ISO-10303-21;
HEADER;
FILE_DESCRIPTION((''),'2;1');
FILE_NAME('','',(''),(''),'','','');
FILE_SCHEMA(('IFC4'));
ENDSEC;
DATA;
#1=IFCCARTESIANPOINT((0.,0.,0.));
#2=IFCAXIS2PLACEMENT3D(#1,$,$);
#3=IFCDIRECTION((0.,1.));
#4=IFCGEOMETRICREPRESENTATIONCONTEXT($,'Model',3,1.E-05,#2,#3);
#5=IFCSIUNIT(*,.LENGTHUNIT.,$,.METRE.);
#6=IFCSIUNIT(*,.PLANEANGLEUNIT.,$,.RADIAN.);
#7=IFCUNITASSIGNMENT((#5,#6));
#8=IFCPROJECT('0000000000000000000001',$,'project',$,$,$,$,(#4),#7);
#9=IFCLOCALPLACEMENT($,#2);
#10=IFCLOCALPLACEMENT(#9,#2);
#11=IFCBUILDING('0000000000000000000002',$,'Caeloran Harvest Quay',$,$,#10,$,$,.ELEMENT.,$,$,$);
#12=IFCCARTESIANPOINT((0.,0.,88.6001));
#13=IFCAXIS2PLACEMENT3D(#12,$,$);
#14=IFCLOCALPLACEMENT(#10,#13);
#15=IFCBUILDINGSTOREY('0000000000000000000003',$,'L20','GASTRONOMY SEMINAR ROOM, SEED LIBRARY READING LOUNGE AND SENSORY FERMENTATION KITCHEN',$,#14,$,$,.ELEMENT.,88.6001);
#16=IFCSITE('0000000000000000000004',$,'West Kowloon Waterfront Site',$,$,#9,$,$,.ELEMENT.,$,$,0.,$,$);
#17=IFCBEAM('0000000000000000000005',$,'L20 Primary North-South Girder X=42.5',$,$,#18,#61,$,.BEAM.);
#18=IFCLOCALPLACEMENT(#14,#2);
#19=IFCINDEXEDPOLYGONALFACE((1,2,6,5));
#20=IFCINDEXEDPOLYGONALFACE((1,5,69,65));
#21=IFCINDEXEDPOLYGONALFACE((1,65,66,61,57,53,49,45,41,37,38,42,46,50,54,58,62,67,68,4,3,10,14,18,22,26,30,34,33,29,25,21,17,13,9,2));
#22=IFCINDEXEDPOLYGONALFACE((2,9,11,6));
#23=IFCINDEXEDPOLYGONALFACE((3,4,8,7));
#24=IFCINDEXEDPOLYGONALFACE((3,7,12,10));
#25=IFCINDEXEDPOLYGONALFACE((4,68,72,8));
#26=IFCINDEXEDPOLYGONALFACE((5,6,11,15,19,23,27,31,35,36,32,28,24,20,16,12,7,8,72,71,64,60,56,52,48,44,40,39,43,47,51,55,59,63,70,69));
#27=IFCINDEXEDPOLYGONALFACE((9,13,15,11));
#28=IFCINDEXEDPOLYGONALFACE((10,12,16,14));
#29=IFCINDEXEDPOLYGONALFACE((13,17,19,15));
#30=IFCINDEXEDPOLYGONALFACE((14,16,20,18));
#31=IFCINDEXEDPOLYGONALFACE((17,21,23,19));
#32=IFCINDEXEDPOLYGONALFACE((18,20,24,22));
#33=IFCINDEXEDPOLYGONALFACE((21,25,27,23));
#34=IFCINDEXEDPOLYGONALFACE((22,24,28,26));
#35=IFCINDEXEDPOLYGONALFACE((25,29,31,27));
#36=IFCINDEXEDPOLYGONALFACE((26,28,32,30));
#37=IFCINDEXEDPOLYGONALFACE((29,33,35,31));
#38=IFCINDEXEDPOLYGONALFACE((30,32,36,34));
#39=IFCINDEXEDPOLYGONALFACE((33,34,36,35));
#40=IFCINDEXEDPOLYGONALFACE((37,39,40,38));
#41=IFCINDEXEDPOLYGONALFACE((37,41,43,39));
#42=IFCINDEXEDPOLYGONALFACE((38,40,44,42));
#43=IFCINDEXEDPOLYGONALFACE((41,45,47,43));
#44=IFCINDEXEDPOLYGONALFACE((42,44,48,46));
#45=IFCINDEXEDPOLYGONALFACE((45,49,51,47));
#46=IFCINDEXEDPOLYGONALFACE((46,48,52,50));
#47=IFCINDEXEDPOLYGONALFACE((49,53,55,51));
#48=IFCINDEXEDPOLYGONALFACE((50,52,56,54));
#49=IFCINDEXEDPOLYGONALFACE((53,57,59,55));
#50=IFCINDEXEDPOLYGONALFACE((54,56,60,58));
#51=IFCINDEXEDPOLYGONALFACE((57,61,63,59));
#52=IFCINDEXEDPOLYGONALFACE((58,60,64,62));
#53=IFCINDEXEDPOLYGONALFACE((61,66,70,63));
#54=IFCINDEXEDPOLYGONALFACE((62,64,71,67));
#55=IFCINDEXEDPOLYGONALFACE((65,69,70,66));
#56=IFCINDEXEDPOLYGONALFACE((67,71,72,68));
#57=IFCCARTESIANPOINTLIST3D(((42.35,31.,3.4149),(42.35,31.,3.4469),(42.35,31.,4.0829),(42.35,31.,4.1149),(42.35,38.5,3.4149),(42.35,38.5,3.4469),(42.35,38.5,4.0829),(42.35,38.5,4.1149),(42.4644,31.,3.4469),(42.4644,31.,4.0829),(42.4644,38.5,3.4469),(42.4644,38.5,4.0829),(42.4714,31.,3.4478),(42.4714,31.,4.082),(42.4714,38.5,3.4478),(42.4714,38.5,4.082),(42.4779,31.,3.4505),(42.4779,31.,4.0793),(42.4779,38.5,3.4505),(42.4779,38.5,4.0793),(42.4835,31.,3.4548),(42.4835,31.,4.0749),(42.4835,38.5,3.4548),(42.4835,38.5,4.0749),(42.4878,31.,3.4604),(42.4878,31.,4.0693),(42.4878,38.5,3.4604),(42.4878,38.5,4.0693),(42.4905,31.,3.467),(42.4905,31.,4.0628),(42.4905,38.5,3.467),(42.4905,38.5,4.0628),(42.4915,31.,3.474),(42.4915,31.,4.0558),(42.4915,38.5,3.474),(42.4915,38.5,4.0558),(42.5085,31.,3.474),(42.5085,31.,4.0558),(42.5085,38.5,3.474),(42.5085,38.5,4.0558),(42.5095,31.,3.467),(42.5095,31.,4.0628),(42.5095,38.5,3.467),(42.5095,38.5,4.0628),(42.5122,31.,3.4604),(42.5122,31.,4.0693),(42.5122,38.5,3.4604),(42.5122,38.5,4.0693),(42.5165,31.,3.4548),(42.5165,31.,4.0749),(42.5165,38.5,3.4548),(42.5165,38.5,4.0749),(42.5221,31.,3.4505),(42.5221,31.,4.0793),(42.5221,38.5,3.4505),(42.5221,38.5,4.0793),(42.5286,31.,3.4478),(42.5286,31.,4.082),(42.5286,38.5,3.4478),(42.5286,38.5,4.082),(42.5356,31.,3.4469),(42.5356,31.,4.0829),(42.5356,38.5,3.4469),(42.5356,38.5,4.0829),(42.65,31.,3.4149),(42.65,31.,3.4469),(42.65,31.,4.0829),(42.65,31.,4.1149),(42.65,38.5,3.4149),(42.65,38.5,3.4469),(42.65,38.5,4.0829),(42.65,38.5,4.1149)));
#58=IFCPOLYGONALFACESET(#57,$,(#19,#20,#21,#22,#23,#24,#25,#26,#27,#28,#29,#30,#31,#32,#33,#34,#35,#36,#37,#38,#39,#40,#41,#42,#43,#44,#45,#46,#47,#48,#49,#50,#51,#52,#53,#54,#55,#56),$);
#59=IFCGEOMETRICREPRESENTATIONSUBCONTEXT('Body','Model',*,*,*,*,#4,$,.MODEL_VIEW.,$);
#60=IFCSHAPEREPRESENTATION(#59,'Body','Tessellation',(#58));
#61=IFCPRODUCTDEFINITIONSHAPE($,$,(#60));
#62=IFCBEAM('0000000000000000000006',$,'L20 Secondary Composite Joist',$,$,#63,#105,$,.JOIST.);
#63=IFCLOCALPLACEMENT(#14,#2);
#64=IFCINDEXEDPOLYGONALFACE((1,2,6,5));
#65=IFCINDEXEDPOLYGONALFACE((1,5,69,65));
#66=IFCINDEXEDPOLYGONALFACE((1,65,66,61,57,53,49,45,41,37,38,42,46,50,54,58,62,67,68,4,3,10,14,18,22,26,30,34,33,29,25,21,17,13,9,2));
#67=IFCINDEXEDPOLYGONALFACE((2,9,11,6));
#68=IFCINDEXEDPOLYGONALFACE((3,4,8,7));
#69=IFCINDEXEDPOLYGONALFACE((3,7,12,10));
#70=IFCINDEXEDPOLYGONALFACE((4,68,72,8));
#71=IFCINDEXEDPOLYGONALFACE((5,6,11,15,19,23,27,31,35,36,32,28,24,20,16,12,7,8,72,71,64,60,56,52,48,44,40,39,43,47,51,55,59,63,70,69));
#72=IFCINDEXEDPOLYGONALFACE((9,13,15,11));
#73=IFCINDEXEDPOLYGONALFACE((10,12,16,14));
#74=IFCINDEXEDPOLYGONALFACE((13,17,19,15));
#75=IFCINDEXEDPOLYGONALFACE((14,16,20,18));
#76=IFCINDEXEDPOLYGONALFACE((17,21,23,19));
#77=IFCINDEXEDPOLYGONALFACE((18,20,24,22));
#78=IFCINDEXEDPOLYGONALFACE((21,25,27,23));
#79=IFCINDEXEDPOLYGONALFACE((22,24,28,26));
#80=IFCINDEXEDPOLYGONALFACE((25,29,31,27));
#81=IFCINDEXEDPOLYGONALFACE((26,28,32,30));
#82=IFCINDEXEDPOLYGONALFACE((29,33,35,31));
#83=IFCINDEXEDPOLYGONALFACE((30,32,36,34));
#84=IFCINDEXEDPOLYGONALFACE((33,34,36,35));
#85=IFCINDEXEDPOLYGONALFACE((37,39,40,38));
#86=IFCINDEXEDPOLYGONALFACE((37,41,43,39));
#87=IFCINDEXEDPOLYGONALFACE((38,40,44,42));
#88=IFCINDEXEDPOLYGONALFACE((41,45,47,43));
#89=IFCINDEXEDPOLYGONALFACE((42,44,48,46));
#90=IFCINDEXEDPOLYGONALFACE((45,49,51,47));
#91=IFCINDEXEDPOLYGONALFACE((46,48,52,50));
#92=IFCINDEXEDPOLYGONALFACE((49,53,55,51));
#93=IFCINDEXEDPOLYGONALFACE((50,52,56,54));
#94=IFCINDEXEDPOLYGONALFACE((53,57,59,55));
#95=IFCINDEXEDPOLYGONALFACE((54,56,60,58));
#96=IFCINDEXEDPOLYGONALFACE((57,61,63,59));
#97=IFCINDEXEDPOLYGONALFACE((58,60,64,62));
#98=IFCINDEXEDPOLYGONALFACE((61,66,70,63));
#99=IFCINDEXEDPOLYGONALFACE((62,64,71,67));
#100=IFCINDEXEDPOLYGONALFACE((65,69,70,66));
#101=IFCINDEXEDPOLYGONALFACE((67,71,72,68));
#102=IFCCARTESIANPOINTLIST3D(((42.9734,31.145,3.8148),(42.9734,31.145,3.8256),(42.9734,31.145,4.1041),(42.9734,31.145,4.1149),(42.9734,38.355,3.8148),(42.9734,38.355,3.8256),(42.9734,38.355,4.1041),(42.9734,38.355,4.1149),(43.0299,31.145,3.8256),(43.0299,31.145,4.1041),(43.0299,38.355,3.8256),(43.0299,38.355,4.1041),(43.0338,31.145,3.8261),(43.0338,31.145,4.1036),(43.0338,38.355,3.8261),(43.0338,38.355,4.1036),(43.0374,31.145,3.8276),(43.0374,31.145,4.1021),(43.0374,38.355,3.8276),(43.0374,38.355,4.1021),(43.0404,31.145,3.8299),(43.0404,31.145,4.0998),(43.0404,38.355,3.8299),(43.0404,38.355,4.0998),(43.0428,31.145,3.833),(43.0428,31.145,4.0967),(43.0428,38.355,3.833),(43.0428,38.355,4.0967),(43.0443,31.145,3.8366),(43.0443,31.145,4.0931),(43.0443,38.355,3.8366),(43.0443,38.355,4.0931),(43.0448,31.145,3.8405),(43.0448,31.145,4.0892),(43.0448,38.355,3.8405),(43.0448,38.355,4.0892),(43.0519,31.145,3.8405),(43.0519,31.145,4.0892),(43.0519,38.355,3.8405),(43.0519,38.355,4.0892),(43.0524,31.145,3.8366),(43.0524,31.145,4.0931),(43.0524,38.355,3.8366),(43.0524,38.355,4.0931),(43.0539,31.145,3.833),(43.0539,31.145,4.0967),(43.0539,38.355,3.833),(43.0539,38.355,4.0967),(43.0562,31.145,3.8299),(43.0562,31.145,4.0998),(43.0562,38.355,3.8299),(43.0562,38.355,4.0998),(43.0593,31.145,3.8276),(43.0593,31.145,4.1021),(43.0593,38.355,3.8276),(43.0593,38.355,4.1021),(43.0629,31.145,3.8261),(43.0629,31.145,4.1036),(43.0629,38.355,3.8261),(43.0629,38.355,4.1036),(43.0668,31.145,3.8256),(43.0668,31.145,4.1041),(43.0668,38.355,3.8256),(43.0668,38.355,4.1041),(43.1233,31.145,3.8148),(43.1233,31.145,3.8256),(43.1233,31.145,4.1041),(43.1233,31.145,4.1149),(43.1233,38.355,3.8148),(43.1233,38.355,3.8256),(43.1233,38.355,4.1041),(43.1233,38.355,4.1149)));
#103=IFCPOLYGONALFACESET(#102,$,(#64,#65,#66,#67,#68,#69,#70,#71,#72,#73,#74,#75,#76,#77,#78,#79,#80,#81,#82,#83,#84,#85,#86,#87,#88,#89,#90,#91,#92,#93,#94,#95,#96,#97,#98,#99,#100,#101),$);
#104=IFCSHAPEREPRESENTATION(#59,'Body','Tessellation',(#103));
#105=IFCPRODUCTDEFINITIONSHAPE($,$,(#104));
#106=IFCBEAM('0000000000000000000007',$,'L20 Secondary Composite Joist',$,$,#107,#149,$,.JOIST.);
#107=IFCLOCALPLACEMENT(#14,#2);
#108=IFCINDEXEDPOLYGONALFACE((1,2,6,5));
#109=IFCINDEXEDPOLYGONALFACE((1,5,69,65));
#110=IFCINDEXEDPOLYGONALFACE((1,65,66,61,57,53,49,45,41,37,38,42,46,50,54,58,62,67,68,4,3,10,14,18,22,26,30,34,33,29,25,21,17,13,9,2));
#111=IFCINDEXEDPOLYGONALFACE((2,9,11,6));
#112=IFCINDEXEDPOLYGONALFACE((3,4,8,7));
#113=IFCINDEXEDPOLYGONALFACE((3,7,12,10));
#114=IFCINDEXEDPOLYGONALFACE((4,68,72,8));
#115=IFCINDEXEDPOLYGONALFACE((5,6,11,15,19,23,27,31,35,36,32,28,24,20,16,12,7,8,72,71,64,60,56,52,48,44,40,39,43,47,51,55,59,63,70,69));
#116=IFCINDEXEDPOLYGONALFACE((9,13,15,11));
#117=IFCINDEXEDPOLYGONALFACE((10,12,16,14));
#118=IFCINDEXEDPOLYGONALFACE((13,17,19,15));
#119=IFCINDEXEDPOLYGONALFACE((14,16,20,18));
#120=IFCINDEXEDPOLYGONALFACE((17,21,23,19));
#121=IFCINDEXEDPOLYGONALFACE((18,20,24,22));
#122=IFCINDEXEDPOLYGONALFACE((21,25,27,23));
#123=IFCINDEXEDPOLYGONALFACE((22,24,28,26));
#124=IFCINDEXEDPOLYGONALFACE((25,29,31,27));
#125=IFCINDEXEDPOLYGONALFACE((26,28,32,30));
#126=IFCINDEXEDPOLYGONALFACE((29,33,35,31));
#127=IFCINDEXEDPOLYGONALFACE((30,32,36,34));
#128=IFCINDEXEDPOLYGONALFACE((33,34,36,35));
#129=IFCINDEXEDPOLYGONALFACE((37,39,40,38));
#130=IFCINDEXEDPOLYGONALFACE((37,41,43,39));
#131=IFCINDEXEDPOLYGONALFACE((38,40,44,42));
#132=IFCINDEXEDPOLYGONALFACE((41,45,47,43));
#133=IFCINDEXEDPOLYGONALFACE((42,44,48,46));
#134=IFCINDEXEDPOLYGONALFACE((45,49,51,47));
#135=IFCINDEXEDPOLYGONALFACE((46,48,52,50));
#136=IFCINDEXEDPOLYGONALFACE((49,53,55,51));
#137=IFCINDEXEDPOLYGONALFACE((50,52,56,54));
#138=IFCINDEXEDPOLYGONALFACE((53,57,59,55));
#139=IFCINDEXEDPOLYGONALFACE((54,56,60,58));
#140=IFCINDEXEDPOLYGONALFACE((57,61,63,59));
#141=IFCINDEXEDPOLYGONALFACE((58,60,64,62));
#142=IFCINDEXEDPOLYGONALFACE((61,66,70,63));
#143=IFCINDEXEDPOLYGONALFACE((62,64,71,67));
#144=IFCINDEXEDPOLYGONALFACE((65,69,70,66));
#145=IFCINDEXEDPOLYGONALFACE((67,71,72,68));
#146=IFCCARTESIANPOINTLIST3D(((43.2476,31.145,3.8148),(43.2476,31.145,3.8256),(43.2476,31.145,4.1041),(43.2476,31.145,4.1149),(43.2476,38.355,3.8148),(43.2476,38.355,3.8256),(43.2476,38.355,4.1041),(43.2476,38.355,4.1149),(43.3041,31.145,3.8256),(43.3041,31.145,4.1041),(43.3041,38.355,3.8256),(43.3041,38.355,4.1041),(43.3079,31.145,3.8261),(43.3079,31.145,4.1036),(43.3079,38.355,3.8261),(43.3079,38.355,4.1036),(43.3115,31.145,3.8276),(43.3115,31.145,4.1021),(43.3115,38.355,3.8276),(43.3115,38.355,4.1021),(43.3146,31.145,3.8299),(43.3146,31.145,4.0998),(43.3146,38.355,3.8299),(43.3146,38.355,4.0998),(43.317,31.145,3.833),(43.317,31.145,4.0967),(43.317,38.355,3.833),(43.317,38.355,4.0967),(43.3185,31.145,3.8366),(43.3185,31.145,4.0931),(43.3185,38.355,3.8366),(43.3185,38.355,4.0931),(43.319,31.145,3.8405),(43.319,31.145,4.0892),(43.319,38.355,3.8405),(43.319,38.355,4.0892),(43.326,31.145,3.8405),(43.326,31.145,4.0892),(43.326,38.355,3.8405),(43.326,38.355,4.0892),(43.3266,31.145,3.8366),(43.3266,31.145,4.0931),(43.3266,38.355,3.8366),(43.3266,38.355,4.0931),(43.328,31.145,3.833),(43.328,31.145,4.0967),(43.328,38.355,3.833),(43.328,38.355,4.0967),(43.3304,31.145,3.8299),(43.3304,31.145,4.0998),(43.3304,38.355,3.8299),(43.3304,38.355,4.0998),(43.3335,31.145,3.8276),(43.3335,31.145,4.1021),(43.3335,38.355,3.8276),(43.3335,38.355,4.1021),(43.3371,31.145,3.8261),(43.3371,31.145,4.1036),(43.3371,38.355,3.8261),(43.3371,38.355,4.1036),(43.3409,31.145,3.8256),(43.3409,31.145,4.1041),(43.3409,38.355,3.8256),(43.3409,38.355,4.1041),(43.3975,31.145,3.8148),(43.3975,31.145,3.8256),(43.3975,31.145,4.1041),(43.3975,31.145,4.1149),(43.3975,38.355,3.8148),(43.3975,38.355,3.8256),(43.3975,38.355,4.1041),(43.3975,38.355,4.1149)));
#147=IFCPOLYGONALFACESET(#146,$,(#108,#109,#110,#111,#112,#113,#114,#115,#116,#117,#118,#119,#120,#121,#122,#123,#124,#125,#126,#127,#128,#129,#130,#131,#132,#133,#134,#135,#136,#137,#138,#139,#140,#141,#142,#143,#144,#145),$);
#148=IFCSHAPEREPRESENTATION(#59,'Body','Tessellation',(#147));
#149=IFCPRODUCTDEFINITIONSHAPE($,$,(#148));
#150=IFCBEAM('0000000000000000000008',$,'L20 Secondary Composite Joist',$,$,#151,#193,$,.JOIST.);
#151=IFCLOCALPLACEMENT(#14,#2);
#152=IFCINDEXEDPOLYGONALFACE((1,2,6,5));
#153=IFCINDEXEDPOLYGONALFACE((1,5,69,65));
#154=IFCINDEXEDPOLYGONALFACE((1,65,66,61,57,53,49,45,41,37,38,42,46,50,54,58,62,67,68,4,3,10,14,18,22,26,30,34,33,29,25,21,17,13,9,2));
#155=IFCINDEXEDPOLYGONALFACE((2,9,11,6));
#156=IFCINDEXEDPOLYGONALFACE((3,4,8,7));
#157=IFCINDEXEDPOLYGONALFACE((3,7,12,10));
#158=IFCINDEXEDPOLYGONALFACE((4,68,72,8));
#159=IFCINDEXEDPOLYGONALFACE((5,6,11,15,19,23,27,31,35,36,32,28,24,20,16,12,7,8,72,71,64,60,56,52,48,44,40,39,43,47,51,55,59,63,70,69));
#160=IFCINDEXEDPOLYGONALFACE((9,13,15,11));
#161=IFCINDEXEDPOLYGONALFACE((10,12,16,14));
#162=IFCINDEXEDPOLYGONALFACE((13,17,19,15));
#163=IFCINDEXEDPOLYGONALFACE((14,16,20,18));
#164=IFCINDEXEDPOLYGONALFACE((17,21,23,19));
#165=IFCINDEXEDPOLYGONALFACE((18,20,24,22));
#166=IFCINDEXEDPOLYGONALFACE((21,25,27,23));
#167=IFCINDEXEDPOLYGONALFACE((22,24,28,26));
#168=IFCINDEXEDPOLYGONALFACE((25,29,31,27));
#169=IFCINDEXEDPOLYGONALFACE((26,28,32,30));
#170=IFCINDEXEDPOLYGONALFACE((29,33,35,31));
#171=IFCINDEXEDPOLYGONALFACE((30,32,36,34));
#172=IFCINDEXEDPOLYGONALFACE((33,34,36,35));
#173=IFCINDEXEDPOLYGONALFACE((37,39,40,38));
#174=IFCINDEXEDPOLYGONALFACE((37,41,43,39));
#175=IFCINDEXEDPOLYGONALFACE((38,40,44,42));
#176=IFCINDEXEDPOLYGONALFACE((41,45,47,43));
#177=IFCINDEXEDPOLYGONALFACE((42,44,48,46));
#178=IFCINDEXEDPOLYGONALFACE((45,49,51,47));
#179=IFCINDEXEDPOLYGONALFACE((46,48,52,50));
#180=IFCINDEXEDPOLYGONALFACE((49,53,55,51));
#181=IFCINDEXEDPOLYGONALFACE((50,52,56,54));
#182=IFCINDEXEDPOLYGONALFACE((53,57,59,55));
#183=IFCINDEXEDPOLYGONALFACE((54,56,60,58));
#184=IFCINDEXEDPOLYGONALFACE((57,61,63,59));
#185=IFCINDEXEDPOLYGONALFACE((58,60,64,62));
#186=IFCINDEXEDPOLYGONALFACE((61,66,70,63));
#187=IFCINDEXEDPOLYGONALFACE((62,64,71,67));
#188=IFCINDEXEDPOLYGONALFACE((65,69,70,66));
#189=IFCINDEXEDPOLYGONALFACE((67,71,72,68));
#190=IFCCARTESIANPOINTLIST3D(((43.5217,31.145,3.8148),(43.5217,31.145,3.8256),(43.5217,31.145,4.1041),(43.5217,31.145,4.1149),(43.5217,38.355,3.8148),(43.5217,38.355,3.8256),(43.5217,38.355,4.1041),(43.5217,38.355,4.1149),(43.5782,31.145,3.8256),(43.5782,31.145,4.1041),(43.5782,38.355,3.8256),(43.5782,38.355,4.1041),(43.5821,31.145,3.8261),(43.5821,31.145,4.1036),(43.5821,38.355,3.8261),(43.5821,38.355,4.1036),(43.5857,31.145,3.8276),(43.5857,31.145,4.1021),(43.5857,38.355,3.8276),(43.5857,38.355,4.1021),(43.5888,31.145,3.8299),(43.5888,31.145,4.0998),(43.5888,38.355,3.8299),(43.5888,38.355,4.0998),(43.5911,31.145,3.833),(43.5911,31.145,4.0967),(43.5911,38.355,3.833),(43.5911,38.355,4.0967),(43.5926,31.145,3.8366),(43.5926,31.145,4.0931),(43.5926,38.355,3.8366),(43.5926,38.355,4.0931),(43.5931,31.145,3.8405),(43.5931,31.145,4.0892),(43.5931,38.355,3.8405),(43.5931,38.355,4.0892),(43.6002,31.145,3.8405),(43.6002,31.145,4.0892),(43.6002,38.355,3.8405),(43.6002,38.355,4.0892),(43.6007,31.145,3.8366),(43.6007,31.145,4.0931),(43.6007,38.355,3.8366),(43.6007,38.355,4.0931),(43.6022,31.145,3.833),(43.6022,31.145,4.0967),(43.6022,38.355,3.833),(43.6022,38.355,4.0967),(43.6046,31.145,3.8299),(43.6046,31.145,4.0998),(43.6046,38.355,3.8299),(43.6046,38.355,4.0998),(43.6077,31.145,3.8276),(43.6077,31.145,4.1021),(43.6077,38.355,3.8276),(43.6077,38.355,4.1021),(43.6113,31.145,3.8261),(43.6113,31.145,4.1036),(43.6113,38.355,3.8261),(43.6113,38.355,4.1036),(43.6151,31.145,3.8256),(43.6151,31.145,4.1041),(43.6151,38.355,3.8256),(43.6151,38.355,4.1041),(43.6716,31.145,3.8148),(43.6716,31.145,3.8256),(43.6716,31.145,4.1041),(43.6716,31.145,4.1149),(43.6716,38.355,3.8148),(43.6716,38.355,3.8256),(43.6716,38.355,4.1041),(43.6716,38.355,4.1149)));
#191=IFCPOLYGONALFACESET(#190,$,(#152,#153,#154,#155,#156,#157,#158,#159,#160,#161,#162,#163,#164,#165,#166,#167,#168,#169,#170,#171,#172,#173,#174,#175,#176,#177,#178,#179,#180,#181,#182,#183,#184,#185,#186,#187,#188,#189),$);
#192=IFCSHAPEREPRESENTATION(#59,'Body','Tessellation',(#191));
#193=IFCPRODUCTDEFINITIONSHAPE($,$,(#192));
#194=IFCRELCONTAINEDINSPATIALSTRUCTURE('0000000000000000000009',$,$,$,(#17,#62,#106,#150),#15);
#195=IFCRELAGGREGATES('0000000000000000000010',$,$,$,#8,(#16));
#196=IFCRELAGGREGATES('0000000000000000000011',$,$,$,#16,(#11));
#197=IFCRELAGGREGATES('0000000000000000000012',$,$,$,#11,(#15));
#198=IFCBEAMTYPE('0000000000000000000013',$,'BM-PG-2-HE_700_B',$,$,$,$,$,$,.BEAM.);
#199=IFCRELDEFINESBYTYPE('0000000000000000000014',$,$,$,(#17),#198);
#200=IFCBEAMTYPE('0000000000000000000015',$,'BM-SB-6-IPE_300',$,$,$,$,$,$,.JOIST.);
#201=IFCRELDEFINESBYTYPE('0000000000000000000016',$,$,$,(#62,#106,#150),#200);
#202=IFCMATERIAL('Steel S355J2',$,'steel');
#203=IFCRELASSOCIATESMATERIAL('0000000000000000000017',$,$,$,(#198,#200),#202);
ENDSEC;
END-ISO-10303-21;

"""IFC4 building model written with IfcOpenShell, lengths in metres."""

from ifc_helpers import new_model, si_unit, direction, frame, origin, origin_2d, place, context, subcontext, project, spatial, i_section, extrude, material, material_profile, profile_set, type_object, element, save


model = new_model("IFC4")

# Units and contexts
model_context = context("Model", 3, precision=1e-05, world=origin(), true_north=direction((0.0, 1.0)))
body_context = subcontext(model_context, "Body", "Model", "MODEL_VIEW")
ifc_project = project(units=[si_unit("LENGTHUNIT", "METRE"), si_unit("PLANEANGLEUNIT", "RADIAN")], contexts=[model_context])

# Site, building, storey
site_placement = place(None, origin())
site = spatial("IfcSite", under=ifc_project, at=site_placement, Name="West Kowloon Waterfront Site", CompositionType="ELEMENT", RefElevation=0.0)
building_placement = place(site_placement, origin())
building = spatial("IfcBuilding", under=site, at=building_placement, Name="Caeloran Harvest Quay", CompositionType="ELEMENT")
storey_placement = place(building_placement, frame((0.0, 0.0, 88.6001)))
storey = spatial("IfcBuildingStorey", under=building, at=storey_placement, Name="L20", Description="GASTRONOMY SEMINAR ROOM, SEED LIBRARY READING LOUNGE AND SENSORY FERMENTATION KITCHEN", CompositionType="ELEMENT", Elevation=88.6001)

# Beams
ifc_material_1 = material(Name="Steel S355J2", Category="steel")
ifc_material_profile_1 = material_profile(ifc_material_1, i_section(OverallWidth=0.3, OverallDepth=0.7, WebThickness=0.0171, FlangeThickness=0.032, FilletRadius=0.0271, at=origin_2d()), Name="HE 700 B")
ifc_profile_set_1 = profile_set([ifc_material_profile_1], Name="Steel S355J2")
beam_type_1 = type_object("IfcBeamType", Name="BM-PG-2-HE_700_B", PredefinedType="BEAM", material=ifc_profile_set_1)
beam_placement = place(storey_placement, frame((42.5, 31.0, 3.7649), z_axis=(0.0, 1.0, 0.0), x_axis=(-1.0, 0.0, 0.0)))
element("IfcBeam", 1, at=beam_placement, inside=storey, type_object=beam_type_1, Name="L20 Primary North-South Girder X=42.5", PredefinedType="BEAM", context=body_context, shape_type="SweptSolid", body=[
    extrude(i_section(OverallWidth=0.3, OverallDepth=0.7, WebThickness=0.0171, FlangeThickness=0.032, FilletRadius=0.0271, at=origin_2d()), origin(), (0.0, 0.0, 1.0), 7.5),
])
ifc_material_profile_2 = material_profile(ifc_material_1, i_section(OverallWidth=0.1499, OverallDepth=0.3, WebThickness=0.0071, FlangeThickness=0.0107, FilletRadius=0.0149, at=origin_2d()), Name="IPE 300")
ifc_profile_set_2 = profile_set([ifc_material_profile_2], Name="Steel S355J2")
beam_type_2 = type_object("IfcBeamType", Name="BM-SB-6-IPE_300", PredefinedType="JOIST", material=ifc_profile_set_2)
for number, where, z_axis, x_axis, name in (
    (2, (43.0483, 31.145, 3.9648), (0.0, 1.0, 0.0), (-1.0, 0.0, 0.0), "L20 Secondary Composite Joist"),
    (3, (43.3225, 31.145, 3.9648), (0.0, 1.0, 0.0), (-1.0, 0.0, 0.0), "L20 Secondary Composite Joist"),
    (4, (43.5967, 31.145, 3.9648), (0.0, 1.0, 0.0), (-1.0, 0.0, 0.0), "L20 Secondary Composite Joist"),
):
    element("IfcBeam", number, at=place(storey_placement, frame(where, z_axis=z_axis, x_axis=x_axis)), inside=storey, type_object=beam_type_2, Name=name, PredefinedType="JOIST", context=body_context, shape_type="SweptSolid", body=[
        extrude(i_section(OverallWidth=0.1499, OverallDepth=0.3, WebThickness=0.0071, FlangeThickness=0.0107, FilletRadius=0.0149, at=origin_2d()), origin(), (0.0, 0.0, 1.0), 7.21),
    ])

save(model, "model.ifc")
